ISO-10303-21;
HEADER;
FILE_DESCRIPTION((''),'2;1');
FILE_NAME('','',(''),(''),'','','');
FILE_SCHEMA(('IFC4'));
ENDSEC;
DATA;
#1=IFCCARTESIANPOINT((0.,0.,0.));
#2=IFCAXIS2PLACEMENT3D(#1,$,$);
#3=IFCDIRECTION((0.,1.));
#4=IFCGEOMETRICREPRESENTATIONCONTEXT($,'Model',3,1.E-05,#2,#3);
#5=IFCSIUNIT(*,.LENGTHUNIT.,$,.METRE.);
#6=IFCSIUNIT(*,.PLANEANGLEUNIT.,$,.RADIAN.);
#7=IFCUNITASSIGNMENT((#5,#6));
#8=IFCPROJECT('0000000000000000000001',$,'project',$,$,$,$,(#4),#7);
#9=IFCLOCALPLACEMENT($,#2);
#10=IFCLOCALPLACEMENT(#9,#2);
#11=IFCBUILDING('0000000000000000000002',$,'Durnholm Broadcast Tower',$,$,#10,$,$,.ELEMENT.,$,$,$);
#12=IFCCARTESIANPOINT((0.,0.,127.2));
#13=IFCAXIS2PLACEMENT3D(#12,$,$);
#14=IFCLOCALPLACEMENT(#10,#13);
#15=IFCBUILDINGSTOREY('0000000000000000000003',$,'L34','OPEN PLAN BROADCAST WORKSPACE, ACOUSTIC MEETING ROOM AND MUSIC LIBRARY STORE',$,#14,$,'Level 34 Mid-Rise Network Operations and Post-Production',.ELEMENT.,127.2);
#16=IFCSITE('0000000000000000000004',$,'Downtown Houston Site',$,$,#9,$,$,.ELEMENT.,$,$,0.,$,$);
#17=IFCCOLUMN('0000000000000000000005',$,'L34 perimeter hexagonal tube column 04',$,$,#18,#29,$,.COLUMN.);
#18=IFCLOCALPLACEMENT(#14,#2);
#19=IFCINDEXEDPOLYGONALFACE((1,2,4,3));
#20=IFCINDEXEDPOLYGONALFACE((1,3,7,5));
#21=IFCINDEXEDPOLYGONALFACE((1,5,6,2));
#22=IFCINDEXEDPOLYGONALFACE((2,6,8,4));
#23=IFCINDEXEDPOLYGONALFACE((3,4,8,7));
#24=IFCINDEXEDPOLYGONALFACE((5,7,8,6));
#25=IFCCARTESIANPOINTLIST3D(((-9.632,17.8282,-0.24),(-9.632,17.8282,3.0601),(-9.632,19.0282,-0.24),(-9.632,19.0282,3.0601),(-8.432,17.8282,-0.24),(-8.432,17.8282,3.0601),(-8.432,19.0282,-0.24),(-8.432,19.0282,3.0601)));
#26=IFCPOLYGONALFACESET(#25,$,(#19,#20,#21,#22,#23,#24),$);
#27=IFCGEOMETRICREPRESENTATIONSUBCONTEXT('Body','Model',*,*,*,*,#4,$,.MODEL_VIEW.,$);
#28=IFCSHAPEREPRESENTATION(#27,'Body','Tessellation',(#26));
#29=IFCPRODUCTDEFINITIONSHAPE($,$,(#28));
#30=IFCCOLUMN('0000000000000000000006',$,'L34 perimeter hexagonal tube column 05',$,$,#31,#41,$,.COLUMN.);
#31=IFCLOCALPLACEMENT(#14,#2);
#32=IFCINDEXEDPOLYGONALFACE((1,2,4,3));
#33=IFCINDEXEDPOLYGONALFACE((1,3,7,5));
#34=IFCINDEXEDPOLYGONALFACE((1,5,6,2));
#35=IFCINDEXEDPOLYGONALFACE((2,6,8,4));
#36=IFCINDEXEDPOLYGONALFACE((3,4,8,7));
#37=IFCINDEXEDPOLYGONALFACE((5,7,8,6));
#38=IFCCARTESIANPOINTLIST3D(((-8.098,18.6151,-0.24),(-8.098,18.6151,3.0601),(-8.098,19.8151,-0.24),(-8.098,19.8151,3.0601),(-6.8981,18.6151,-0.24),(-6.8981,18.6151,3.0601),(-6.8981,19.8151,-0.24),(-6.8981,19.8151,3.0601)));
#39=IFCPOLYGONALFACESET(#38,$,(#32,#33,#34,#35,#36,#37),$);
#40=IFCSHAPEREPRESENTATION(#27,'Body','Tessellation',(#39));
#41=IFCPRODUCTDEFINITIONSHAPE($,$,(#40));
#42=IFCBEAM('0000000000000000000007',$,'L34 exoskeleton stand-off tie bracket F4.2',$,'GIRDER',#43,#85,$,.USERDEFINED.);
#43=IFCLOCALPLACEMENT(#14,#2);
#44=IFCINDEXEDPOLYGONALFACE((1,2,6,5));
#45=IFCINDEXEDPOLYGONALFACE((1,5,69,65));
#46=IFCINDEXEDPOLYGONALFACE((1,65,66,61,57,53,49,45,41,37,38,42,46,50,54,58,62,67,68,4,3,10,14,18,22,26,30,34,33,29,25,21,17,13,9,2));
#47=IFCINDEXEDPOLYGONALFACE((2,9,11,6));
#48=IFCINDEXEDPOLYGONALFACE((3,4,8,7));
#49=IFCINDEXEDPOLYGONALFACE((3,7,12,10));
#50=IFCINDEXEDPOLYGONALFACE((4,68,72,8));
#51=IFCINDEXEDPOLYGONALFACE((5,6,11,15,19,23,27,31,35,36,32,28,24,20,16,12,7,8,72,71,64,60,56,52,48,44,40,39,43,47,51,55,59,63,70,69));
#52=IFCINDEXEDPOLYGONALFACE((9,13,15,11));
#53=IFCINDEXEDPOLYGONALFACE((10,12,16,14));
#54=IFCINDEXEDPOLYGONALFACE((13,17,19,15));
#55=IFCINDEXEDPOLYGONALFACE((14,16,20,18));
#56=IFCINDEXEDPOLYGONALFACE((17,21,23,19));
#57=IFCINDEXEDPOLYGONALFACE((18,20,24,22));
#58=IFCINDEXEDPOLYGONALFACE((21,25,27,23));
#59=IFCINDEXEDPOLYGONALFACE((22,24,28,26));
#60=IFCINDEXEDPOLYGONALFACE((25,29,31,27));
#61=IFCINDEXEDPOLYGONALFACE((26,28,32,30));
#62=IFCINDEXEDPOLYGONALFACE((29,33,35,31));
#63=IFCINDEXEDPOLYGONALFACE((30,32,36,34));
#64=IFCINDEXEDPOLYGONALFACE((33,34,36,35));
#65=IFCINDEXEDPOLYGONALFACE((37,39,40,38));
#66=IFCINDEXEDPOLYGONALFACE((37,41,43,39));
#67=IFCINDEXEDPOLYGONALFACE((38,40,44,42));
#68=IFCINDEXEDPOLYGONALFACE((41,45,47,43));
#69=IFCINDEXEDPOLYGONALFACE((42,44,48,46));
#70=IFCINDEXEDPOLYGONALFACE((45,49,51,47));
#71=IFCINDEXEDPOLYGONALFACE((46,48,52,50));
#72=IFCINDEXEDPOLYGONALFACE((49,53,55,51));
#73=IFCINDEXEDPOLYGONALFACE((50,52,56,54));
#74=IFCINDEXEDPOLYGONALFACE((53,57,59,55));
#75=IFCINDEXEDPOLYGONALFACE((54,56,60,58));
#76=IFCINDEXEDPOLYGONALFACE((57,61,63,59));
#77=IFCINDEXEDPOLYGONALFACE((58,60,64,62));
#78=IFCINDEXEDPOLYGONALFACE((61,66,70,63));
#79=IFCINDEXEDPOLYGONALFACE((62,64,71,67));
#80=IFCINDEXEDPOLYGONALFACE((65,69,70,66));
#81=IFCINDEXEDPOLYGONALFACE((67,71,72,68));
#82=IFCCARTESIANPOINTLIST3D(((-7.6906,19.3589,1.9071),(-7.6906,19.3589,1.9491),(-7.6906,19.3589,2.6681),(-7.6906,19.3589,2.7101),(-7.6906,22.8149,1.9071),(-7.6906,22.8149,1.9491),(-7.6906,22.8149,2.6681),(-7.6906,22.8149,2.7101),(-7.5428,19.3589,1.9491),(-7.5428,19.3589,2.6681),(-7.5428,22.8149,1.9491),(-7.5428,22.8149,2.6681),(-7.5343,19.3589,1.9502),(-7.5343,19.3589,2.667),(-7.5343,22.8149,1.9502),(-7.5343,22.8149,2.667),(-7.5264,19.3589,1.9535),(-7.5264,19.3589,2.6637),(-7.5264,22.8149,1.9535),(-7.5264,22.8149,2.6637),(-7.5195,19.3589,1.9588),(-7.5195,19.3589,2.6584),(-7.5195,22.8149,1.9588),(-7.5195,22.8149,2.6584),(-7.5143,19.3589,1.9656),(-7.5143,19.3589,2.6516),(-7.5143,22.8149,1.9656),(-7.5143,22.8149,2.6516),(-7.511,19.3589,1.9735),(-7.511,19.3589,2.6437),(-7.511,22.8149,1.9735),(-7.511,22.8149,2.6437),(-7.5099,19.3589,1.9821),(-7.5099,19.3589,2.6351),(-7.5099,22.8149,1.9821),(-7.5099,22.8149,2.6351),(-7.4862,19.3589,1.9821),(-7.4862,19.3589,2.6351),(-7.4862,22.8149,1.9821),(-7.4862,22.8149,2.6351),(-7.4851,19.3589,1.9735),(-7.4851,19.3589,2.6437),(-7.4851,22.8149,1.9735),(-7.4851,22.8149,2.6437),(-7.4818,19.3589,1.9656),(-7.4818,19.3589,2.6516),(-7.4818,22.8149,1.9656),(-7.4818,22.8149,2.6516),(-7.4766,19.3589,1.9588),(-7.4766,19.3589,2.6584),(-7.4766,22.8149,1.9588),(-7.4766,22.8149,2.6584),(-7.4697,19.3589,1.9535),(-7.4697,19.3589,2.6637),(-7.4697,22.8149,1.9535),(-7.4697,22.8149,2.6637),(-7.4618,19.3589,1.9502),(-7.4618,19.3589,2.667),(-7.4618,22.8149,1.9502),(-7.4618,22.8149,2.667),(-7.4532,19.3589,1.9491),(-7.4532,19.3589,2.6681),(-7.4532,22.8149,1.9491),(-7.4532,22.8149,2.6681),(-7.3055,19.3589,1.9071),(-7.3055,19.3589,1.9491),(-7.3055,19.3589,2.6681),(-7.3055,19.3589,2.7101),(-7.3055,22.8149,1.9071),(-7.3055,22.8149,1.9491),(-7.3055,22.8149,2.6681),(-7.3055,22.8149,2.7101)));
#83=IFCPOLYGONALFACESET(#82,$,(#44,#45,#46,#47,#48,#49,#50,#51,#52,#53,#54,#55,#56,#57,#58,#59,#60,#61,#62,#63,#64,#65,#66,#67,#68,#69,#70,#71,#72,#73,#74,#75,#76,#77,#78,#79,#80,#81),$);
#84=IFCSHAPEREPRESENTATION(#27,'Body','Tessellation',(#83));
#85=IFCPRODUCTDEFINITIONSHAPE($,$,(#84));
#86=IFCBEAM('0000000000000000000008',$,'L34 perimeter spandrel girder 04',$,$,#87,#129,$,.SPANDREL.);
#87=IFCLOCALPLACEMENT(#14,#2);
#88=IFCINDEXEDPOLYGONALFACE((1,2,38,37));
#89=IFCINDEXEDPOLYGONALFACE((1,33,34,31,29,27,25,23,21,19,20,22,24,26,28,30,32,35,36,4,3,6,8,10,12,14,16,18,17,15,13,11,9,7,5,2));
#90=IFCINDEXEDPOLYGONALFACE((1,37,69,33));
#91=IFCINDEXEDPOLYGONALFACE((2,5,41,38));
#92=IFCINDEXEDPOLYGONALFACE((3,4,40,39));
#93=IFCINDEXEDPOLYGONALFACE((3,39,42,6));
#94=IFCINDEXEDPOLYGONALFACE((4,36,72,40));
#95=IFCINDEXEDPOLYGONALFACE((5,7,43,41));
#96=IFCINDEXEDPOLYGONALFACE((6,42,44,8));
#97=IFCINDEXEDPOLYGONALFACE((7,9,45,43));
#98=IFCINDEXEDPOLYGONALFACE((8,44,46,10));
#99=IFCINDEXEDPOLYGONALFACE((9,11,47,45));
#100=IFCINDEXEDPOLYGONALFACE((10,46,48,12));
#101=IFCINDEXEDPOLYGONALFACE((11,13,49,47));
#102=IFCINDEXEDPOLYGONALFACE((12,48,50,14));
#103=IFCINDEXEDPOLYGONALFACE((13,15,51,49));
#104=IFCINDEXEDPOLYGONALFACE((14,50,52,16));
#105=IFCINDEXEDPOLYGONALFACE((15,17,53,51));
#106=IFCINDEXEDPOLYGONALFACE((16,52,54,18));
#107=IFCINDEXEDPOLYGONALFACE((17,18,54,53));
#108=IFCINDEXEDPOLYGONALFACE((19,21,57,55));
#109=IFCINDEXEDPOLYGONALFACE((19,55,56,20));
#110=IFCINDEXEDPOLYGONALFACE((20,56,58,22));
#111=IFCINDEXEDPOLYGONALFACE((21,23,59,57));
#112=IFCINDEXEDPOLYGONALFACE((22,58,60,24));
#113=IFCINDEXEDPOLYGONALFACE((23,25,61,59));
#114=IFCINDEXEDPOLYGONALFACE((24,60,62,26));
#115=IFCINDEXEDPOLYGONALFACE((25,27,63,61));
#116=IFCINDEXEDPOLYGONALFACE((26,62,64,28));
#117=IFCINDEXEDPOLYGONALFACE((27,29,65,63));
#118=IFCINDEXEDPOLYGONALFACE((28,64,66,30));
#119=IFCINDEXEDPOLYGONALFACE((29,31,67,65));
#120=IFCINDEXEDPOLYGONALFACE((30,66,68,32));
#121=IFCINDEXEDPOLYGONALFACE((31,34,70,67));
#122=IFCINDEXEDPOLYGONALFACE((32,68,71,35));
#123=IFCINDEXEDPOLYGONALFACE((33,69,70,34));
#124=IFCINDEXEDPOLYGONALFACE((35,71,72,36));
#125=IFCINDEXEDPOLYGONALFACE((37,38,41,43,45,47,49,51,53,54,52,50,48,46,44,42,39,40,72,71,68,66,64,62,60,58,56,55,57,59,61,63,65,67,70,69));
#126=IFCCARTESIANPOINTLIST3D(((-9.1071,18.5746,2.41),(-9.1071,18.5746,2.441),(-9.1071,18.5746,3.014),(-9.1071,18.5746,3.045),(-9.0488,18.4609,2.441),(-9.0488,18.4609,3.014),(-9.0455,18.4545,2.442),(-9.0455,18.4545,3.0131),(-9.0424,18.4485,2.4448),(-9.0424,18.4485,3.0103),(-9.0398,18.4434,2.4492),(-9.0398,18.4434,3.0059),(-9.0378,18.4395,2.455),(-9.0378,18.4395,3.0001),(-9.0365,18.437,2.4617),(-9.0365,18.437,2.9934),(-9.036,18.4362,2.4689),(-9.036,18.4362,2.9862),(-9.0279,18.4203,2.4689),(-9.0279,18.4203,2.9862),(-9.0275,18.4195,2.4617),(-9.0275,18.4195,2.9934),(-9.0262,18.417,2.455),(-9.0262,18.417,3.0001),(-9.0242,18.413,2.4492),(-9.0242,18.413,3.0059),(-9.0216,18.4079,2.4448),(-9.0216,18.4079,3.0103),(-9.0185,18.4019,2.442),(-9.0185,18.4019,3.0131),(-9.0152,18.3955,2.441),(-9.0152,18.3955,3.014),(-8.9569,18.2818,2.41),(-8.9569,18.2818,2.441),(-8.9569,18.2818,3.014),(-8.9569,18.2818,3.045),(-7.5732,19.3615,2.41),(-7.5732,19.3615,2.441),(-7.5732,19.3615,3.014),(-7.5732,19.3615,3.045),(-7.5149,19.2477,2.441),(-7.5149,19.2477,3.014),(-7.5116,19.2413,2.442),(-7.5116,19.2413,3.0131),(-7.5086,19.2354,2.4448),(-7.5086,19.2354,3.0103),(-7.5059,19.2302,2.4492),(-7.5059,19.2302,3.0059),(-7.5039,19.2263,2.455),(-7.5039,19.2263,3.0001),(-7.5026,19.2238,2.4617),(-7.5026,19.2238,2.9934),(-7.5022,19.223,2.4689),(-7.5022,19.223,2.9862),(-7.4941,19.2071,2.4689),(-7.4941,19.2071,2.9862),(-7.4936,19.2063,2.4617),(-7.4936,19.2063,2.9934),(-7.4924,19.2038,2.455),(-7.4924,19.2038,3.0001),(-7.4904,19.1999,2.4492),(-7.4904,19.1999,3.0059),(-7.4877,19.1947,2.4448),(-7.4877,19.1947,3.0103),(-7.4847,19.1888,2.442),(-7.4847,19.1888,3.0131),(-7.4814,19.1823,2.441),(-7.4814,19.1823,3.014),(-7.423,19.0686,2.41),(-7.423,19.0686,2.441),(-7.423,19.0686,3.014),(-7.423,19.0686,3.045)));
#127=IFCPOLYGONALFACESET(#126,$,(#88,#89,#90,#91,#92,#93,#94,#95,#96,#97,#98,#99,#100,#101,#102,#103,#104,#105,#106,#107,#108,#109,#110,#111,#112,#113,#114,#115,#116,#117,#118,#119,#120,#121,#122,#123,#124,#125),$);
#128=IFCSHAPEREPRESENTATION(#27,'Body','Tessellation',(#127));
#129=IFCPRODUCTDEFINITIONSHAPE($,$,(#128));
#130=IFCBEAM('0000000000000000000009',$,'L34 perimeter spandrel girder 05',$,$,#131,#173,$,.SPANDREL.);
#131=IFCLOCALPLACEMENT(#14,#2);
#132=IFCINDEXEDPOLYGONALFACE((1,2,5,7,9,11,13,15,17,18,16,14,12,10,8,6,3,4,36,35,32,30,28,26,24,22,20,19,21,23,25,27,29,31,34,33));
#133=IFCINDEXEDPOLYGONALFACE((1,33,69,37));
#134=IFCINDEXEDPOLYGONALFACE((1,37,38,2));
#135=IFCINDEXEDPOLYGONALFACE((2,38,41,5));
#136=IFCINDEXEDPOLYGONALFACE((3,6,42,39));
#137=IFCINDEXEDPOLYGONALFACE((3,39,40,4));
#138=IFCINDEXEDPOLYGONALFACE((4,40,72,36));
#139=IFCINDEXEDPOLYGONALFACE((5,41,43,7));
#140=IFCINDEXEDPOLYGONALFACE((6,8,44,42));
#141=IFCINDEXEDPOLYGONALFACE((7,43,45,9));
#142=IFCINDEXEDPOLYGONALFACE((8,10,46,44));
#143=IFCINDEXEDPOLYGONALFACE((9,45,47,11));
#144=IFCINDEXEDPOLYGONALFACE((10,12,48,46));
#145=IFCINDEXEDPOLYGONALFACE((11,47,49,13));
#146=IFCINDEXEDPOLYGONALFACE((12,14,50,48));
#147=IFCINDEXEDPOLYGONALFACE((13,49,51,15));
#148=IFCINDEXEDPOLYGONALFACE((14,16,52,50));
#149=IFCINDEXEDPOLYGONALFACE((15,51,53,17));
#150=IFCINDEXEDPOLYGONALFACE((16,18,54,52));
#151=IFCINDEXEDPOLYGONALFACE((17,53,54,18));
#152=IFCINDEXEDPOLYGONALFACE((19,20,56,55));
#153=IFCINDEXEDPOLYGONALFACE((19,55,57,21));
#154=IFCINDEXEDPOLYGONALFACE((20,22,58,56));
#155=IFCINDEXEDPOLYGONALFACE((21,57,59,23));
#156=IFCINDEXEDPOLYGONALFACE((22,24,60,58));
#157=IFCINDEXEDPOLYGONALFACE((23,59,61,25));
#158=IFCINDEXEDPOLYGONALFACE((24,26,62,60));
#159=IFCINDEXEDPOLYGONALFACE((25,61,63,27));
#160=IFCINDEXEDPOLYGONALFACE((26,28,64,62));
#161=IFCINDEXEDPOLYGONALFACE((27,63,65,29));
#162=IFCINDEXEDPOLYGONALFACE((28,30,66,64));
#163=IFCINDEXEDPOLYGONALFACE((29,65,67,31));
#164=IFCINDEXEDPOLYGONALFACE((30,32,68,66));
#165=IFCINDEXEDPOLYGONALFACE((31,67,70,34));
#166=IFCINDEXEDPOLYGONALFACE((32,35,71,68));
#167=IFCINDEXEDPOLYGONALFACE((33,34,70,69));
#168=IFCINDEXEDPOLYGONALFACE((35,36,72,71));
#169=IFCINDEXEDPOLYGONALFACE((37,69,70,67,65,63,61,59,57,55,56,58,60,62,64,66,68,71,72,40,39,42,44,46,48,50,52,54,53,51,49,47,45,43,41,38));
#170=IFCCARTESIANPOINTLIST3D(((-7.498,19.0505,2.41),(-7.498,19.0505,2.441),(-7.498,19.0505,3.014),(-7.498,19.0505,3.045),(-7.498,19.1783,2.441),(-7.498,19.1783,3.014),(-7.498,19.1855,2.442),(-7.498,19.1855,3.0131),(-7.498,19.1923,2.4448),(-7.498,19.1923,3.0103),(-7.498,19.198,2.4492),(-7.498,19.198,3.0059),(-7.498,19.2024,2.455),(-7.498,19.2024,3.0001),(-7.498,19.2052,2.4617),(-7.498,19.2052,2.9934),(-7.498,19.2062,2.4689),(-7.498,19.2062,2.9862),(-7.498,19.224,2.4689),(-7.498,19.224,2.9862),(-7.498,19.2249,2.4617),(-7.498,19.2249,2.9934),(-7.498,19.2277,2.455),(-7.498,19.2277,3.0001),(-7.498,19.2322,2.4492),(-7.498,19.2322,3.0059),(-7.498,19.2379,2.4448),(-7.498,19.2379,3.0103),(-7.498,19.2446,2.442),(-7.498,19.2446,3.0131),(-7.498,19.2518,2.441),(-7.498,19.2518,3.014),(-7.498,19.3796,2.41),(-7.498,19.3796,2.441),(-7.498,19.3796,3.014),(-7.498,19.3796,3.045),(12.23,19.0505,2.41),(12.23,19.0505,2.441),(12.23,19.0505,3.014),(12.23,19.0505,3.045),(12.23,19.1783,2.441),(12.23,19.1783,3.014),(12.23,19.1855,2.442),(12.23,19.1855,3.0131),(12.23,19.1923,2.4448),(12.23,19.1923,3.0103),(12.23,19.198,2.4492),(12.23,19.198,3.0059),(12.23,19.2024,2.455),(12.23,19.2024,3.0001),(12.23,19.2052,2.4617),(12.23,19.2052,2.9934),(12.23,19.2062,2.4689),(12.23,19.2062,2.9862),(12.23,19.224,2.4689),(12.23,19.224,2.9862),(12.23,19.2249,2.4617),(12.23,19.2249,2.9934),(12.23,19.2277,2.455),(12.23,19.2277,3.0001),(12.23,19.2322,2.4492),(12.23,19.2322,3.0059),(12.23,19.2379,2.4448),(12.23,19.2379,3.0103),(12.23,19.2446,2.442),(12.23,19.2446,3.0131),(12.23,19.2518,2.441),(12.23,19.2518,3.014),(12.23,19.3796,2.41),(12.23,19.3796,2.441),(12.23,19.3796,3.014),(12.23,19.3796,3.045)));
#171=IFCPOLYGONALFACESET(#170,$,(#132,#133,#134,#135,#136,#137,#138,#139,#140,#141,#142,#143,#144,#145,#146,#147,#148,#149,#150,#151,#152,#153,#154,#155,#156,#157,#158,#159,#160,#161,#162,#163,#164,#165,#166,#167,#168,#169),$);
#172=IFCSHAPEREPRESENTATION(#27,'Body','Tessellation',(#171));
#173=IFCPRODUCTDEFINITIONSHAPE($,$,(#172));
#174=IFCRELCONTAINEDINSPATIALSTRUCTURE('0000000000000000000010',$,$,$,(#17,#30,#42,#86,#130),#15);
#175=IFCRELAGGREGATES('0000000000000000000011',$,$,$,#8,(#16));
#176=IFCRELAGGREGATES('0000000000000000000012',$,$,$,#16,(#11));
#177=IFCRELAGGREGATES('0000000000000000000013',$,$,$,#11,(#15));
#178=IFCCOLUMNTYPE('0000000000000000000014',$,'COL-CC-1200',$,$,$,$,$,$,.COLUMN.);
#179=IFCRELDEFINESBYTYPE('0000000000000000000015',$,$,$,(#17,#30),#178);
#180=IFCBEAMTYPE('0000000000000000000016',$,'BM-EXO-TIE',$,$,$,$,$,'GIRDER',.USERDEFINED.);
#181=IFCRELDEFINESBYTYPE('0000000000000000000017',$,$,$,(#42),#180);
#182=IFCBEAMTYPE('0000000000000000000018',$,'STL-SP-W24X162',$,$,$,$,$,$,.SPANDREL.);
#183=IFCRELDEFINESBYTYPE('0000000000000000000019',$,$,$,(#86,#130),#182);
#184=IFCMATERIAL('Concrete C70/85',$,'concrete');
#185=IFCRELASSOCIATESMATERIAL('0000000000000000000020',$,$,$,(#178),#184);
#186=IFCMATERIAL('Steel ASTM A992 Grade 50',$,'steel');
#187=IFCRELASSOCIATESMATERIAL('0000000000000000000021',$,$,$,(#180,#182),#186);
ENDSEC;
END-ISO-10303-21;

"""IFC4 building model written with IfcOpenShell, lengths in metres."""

from ifc_helpers import new_model, si_unit, direction, frame, origin, origin_2d, place, context, subcontext, project, spatial, rectangle, i_section, extrude, source, transform, mapped, material, material_profile, profile_set, type_object, type_shapes, element, save


model = new_model("IFC4")

# Units and contexts
model_context = context("Model", 3, precision=1e-05, world=origin(), true_north=direction((0.0, 1.0)))
body_context = subcontext(model_context, "Body", "Model", "MODEL_VIEW")
ifc_project = project(units=[si_unit("LENGTHUNIT", "METRE"), si_unit("PLANEANGLEUNIT", "RADIAN")], contexts=[model_context])

# Site, building, storey
site_placement = place(None, origin())
site = spatial("IfcSite", under=ifc_project, at=site_placement, Name="Downtown Houston Site", CompositionType="ELEMENT", RefElevation=0.0)
building_placement = place(site_placement, origin())
building = spatial("IfcBuilding", under=site, at=building_placement, Name="Durnholm Broadcast Tower", CompositionType="ELEMENT")
storey_placement = place(building_placement, frame((0.0, 0.0, 127.2)))
storey = spatial("IfcBuildingStorey", under=building, at=storey_placement, Name="L34", Description="OPEN PLAN BROADCAST WORKSPACE, ACOUSTIC MEETING ROOM AND MUSIC LIBRARY STORE", LongName="Level 34 Mid-Rise Network Operations and Post-Production", CompositionType="ELEMENT", Elevation=127.2)

# Columns
ifc_material_1 = material(Name="Concrete C70/85", Category="concrete")
ifc_material_profile_1 = material_profile(ifc_material_1, rectangle(XDim=1.2, YDim=1.2, at=origin_2d()), Name="RC1200X1200")
ifc_profile_set_1 = profile_set([ifc_material_profile_1], Name="Concrete C70/85")
column_type = type_object("IfcColumnType", Name="COL-CC-1200", PredefinedType="COLUMN", material=ifc_profile_set_1)
shared_shape_1 = source(origin(), body_context, "Body", "SweptSolid", [
    extrude(rectangle(XDim=1.2, YDim=1.2, at=origin_2d()), origin(), (0.0, 0.0, 1.0), 3.3),
])
type_shapes(column_type, [shared_shape_1])
for number, where, z_axis, x_axis, name in (
    (1, (-9.032, 18.4282, -0.24), (0.0, 0.0, 1.0), (1.0, 0.0, 0.0), "L34 perimeter hexagonal tube column 04"),
    (2, (-7.498, 19.2151, -0.24), (0.0, 0.0, 1.0), (1.0, 0.0, 0.0), "L34 perimeter hexagonal tube column 05"),
):
    element("IfcColumn", number, at=place(storey_placement, frame(where, z_axis=z_axis, x_axis=x_axis)), inside=storey, type_object=column_type, Name=name, PredefinedType="COLUMN", context=body_context, shape_type="MappedRepresentation", body=[
        mapped(shared_shape_1, transform((0.0, 0.0, 0.0), x_axis=(1.0, 0.0, 0.0), y_axis=(0.0, 1.0, 0.0), z_axis=(0.0, 0.0, 1.0), scale=1.0)),
    ])

# Beams
ifc_material_2 = material(Name="Steel ASTM A992 Grade 50", Category="steel")
ifc_material_profile_2 = material_profile(ifc_material_2, i_section(OverallWidth=0.385, OverallDepth=0.803, WebThickness=0.0237, FlangeThickness=0.042, FilletRadius=0.033, at=origin_2d()), Name="W30X261")
ifc_profile_set_2 = profile_set([ifc_material_profile_2], Name="Steel ASTM A992 Grade 50")
beam_type_1 = type_object("IfcBeamType", Name="BM-EXO-TIE", ElementType="GIRDER", PredefinedType="USERDEFINED", material=ifc_profile_set_2)
shared_shape_2 = source(origin(), body_context, "Body", "SweptSolid", [
    extrude(i_section(OverallWidth=0.385, OverallDepth=0.803, WebThickness=0.0237, FlangeThickness=0.042, FilletRadius=0.033, at=origin_2d()), origin(), (0.0, 0.0, 1.0), 3.4561),
])
beam_1_placement = place(storey_placement, frame((-7.498, 19.3589, 2.3086), z_axis=(0.0, 1.0, 0.0), x_axis=(-1.0, 0.0, 0.0)))
element("IfcBeam", 3, at=beam_1_placement, inside=storey, type_object=beam_type_1, Name="L34 exoskeleton stand-off tie bracket F4.2", ObjectType="GIRDER", PredefinedType="USERDEFINED", context=body_context, shape_type="MappedRepresentation", body=[
    mapped(shared_shape_2, transform((0.0, 0.0, 0.0), x_axis=(1.0, 0.0, 0.0), y_axis=(0.0, 1.0, 0.0), z_axis=(0.0, 0.0, 1.0), scale=1.0)),
])
ifc_material_profile_3 = material_profile(ifc_material_2, i_section(OverallWidth=0.3291, OverallDepth=0.635, WebThickness=0.0178, FlangeThickness=0.031, FilletRadius=0.0278, at=origin_2d()), Name="W24X162")
ifc_profile_set_3 = profile_set([ifc_material_profile_3], Name="Steel ASTM A992 Grade 50")
beam_type_2 = type_object("IfcBeamType", Name="STL-SP-W24X162", PredefinedType="SPANDREL", material=ifc_profile_set_3)
shared_shape_3 = source(origin(), body_context, "Body", "SweptSolid", [
    extrude(i_section(OverallWidth=0.3291, OverallDepth=0.635, WebThickness=0.0178, FlangeThickness=0.031, FilletRadius=0.0278, at=origin_2d()), origin(), (0.0, 0.0, 1.0), 1.7239),
])
beam_2_placement = place(storey_placement, frame((-9.032, 18.4282, 2.7275), z_axis=(0.889763, 0.456423, 0.0), x_axis=(-0.456423, 0.889763, 0.0)))
element("IfcBeam", 4, at=beam_2_placement, inside=storey, type_object=beam_type_2, Name="L34 perimeter spandrel girder 04", PredefinedType="SPANDREL", context=body_context, shape_type="MappedRepresentation", body=[
    mapped(shared_shape_3, transform((0.0, 0.0, 0.0), x_axis=(1.0, 0.0, 0.0), y_axis=(0.0, 1.0, 0.0), z_axis=(0.0, 0.0, 1.0), scale=1.0)),
])
shared_shape_4 = source(origin(), body_context, "Body", "SweptSolid", [
    extrude(i_section(OverallWidth=0.3291, OverallDepth=0.635, WebThickness=0.0178, FlangeThickness=0.031, FilletRadius=0.0278, at=origin_2d()), origin(), (0.0, 0.0, 1.0), 19.728),
])
type_shapes(beam_type_2, [shared_shape_3, shared_shape_4])
beam_3_placement = place(storey_placement, frame((-7.498, 19.2151, 2.7275), z_axis=(1.0, 0.0, 0.0), x_axis=(0.0, 1.0, 0.0)))
element("IfcBeam", 5, at=beam_3_placement, inside=storey, type_object=beam_type_2, Name="L34 perimeter spandrel girder 05", PredefinedType="SPANDREL", context=body_context, shape_type="MappedRepresentation", body=[
    mapped(shared_shape_4, transform((0.0, 0.0, 0.0), x_axis=(1.0, 0.0, 0.0), y_axis=(0.0, 1.0, 0.0), z_axis=(0.0, 0.0, 1.0), scale=1.0)),
])

save(model, "model.ifc")
